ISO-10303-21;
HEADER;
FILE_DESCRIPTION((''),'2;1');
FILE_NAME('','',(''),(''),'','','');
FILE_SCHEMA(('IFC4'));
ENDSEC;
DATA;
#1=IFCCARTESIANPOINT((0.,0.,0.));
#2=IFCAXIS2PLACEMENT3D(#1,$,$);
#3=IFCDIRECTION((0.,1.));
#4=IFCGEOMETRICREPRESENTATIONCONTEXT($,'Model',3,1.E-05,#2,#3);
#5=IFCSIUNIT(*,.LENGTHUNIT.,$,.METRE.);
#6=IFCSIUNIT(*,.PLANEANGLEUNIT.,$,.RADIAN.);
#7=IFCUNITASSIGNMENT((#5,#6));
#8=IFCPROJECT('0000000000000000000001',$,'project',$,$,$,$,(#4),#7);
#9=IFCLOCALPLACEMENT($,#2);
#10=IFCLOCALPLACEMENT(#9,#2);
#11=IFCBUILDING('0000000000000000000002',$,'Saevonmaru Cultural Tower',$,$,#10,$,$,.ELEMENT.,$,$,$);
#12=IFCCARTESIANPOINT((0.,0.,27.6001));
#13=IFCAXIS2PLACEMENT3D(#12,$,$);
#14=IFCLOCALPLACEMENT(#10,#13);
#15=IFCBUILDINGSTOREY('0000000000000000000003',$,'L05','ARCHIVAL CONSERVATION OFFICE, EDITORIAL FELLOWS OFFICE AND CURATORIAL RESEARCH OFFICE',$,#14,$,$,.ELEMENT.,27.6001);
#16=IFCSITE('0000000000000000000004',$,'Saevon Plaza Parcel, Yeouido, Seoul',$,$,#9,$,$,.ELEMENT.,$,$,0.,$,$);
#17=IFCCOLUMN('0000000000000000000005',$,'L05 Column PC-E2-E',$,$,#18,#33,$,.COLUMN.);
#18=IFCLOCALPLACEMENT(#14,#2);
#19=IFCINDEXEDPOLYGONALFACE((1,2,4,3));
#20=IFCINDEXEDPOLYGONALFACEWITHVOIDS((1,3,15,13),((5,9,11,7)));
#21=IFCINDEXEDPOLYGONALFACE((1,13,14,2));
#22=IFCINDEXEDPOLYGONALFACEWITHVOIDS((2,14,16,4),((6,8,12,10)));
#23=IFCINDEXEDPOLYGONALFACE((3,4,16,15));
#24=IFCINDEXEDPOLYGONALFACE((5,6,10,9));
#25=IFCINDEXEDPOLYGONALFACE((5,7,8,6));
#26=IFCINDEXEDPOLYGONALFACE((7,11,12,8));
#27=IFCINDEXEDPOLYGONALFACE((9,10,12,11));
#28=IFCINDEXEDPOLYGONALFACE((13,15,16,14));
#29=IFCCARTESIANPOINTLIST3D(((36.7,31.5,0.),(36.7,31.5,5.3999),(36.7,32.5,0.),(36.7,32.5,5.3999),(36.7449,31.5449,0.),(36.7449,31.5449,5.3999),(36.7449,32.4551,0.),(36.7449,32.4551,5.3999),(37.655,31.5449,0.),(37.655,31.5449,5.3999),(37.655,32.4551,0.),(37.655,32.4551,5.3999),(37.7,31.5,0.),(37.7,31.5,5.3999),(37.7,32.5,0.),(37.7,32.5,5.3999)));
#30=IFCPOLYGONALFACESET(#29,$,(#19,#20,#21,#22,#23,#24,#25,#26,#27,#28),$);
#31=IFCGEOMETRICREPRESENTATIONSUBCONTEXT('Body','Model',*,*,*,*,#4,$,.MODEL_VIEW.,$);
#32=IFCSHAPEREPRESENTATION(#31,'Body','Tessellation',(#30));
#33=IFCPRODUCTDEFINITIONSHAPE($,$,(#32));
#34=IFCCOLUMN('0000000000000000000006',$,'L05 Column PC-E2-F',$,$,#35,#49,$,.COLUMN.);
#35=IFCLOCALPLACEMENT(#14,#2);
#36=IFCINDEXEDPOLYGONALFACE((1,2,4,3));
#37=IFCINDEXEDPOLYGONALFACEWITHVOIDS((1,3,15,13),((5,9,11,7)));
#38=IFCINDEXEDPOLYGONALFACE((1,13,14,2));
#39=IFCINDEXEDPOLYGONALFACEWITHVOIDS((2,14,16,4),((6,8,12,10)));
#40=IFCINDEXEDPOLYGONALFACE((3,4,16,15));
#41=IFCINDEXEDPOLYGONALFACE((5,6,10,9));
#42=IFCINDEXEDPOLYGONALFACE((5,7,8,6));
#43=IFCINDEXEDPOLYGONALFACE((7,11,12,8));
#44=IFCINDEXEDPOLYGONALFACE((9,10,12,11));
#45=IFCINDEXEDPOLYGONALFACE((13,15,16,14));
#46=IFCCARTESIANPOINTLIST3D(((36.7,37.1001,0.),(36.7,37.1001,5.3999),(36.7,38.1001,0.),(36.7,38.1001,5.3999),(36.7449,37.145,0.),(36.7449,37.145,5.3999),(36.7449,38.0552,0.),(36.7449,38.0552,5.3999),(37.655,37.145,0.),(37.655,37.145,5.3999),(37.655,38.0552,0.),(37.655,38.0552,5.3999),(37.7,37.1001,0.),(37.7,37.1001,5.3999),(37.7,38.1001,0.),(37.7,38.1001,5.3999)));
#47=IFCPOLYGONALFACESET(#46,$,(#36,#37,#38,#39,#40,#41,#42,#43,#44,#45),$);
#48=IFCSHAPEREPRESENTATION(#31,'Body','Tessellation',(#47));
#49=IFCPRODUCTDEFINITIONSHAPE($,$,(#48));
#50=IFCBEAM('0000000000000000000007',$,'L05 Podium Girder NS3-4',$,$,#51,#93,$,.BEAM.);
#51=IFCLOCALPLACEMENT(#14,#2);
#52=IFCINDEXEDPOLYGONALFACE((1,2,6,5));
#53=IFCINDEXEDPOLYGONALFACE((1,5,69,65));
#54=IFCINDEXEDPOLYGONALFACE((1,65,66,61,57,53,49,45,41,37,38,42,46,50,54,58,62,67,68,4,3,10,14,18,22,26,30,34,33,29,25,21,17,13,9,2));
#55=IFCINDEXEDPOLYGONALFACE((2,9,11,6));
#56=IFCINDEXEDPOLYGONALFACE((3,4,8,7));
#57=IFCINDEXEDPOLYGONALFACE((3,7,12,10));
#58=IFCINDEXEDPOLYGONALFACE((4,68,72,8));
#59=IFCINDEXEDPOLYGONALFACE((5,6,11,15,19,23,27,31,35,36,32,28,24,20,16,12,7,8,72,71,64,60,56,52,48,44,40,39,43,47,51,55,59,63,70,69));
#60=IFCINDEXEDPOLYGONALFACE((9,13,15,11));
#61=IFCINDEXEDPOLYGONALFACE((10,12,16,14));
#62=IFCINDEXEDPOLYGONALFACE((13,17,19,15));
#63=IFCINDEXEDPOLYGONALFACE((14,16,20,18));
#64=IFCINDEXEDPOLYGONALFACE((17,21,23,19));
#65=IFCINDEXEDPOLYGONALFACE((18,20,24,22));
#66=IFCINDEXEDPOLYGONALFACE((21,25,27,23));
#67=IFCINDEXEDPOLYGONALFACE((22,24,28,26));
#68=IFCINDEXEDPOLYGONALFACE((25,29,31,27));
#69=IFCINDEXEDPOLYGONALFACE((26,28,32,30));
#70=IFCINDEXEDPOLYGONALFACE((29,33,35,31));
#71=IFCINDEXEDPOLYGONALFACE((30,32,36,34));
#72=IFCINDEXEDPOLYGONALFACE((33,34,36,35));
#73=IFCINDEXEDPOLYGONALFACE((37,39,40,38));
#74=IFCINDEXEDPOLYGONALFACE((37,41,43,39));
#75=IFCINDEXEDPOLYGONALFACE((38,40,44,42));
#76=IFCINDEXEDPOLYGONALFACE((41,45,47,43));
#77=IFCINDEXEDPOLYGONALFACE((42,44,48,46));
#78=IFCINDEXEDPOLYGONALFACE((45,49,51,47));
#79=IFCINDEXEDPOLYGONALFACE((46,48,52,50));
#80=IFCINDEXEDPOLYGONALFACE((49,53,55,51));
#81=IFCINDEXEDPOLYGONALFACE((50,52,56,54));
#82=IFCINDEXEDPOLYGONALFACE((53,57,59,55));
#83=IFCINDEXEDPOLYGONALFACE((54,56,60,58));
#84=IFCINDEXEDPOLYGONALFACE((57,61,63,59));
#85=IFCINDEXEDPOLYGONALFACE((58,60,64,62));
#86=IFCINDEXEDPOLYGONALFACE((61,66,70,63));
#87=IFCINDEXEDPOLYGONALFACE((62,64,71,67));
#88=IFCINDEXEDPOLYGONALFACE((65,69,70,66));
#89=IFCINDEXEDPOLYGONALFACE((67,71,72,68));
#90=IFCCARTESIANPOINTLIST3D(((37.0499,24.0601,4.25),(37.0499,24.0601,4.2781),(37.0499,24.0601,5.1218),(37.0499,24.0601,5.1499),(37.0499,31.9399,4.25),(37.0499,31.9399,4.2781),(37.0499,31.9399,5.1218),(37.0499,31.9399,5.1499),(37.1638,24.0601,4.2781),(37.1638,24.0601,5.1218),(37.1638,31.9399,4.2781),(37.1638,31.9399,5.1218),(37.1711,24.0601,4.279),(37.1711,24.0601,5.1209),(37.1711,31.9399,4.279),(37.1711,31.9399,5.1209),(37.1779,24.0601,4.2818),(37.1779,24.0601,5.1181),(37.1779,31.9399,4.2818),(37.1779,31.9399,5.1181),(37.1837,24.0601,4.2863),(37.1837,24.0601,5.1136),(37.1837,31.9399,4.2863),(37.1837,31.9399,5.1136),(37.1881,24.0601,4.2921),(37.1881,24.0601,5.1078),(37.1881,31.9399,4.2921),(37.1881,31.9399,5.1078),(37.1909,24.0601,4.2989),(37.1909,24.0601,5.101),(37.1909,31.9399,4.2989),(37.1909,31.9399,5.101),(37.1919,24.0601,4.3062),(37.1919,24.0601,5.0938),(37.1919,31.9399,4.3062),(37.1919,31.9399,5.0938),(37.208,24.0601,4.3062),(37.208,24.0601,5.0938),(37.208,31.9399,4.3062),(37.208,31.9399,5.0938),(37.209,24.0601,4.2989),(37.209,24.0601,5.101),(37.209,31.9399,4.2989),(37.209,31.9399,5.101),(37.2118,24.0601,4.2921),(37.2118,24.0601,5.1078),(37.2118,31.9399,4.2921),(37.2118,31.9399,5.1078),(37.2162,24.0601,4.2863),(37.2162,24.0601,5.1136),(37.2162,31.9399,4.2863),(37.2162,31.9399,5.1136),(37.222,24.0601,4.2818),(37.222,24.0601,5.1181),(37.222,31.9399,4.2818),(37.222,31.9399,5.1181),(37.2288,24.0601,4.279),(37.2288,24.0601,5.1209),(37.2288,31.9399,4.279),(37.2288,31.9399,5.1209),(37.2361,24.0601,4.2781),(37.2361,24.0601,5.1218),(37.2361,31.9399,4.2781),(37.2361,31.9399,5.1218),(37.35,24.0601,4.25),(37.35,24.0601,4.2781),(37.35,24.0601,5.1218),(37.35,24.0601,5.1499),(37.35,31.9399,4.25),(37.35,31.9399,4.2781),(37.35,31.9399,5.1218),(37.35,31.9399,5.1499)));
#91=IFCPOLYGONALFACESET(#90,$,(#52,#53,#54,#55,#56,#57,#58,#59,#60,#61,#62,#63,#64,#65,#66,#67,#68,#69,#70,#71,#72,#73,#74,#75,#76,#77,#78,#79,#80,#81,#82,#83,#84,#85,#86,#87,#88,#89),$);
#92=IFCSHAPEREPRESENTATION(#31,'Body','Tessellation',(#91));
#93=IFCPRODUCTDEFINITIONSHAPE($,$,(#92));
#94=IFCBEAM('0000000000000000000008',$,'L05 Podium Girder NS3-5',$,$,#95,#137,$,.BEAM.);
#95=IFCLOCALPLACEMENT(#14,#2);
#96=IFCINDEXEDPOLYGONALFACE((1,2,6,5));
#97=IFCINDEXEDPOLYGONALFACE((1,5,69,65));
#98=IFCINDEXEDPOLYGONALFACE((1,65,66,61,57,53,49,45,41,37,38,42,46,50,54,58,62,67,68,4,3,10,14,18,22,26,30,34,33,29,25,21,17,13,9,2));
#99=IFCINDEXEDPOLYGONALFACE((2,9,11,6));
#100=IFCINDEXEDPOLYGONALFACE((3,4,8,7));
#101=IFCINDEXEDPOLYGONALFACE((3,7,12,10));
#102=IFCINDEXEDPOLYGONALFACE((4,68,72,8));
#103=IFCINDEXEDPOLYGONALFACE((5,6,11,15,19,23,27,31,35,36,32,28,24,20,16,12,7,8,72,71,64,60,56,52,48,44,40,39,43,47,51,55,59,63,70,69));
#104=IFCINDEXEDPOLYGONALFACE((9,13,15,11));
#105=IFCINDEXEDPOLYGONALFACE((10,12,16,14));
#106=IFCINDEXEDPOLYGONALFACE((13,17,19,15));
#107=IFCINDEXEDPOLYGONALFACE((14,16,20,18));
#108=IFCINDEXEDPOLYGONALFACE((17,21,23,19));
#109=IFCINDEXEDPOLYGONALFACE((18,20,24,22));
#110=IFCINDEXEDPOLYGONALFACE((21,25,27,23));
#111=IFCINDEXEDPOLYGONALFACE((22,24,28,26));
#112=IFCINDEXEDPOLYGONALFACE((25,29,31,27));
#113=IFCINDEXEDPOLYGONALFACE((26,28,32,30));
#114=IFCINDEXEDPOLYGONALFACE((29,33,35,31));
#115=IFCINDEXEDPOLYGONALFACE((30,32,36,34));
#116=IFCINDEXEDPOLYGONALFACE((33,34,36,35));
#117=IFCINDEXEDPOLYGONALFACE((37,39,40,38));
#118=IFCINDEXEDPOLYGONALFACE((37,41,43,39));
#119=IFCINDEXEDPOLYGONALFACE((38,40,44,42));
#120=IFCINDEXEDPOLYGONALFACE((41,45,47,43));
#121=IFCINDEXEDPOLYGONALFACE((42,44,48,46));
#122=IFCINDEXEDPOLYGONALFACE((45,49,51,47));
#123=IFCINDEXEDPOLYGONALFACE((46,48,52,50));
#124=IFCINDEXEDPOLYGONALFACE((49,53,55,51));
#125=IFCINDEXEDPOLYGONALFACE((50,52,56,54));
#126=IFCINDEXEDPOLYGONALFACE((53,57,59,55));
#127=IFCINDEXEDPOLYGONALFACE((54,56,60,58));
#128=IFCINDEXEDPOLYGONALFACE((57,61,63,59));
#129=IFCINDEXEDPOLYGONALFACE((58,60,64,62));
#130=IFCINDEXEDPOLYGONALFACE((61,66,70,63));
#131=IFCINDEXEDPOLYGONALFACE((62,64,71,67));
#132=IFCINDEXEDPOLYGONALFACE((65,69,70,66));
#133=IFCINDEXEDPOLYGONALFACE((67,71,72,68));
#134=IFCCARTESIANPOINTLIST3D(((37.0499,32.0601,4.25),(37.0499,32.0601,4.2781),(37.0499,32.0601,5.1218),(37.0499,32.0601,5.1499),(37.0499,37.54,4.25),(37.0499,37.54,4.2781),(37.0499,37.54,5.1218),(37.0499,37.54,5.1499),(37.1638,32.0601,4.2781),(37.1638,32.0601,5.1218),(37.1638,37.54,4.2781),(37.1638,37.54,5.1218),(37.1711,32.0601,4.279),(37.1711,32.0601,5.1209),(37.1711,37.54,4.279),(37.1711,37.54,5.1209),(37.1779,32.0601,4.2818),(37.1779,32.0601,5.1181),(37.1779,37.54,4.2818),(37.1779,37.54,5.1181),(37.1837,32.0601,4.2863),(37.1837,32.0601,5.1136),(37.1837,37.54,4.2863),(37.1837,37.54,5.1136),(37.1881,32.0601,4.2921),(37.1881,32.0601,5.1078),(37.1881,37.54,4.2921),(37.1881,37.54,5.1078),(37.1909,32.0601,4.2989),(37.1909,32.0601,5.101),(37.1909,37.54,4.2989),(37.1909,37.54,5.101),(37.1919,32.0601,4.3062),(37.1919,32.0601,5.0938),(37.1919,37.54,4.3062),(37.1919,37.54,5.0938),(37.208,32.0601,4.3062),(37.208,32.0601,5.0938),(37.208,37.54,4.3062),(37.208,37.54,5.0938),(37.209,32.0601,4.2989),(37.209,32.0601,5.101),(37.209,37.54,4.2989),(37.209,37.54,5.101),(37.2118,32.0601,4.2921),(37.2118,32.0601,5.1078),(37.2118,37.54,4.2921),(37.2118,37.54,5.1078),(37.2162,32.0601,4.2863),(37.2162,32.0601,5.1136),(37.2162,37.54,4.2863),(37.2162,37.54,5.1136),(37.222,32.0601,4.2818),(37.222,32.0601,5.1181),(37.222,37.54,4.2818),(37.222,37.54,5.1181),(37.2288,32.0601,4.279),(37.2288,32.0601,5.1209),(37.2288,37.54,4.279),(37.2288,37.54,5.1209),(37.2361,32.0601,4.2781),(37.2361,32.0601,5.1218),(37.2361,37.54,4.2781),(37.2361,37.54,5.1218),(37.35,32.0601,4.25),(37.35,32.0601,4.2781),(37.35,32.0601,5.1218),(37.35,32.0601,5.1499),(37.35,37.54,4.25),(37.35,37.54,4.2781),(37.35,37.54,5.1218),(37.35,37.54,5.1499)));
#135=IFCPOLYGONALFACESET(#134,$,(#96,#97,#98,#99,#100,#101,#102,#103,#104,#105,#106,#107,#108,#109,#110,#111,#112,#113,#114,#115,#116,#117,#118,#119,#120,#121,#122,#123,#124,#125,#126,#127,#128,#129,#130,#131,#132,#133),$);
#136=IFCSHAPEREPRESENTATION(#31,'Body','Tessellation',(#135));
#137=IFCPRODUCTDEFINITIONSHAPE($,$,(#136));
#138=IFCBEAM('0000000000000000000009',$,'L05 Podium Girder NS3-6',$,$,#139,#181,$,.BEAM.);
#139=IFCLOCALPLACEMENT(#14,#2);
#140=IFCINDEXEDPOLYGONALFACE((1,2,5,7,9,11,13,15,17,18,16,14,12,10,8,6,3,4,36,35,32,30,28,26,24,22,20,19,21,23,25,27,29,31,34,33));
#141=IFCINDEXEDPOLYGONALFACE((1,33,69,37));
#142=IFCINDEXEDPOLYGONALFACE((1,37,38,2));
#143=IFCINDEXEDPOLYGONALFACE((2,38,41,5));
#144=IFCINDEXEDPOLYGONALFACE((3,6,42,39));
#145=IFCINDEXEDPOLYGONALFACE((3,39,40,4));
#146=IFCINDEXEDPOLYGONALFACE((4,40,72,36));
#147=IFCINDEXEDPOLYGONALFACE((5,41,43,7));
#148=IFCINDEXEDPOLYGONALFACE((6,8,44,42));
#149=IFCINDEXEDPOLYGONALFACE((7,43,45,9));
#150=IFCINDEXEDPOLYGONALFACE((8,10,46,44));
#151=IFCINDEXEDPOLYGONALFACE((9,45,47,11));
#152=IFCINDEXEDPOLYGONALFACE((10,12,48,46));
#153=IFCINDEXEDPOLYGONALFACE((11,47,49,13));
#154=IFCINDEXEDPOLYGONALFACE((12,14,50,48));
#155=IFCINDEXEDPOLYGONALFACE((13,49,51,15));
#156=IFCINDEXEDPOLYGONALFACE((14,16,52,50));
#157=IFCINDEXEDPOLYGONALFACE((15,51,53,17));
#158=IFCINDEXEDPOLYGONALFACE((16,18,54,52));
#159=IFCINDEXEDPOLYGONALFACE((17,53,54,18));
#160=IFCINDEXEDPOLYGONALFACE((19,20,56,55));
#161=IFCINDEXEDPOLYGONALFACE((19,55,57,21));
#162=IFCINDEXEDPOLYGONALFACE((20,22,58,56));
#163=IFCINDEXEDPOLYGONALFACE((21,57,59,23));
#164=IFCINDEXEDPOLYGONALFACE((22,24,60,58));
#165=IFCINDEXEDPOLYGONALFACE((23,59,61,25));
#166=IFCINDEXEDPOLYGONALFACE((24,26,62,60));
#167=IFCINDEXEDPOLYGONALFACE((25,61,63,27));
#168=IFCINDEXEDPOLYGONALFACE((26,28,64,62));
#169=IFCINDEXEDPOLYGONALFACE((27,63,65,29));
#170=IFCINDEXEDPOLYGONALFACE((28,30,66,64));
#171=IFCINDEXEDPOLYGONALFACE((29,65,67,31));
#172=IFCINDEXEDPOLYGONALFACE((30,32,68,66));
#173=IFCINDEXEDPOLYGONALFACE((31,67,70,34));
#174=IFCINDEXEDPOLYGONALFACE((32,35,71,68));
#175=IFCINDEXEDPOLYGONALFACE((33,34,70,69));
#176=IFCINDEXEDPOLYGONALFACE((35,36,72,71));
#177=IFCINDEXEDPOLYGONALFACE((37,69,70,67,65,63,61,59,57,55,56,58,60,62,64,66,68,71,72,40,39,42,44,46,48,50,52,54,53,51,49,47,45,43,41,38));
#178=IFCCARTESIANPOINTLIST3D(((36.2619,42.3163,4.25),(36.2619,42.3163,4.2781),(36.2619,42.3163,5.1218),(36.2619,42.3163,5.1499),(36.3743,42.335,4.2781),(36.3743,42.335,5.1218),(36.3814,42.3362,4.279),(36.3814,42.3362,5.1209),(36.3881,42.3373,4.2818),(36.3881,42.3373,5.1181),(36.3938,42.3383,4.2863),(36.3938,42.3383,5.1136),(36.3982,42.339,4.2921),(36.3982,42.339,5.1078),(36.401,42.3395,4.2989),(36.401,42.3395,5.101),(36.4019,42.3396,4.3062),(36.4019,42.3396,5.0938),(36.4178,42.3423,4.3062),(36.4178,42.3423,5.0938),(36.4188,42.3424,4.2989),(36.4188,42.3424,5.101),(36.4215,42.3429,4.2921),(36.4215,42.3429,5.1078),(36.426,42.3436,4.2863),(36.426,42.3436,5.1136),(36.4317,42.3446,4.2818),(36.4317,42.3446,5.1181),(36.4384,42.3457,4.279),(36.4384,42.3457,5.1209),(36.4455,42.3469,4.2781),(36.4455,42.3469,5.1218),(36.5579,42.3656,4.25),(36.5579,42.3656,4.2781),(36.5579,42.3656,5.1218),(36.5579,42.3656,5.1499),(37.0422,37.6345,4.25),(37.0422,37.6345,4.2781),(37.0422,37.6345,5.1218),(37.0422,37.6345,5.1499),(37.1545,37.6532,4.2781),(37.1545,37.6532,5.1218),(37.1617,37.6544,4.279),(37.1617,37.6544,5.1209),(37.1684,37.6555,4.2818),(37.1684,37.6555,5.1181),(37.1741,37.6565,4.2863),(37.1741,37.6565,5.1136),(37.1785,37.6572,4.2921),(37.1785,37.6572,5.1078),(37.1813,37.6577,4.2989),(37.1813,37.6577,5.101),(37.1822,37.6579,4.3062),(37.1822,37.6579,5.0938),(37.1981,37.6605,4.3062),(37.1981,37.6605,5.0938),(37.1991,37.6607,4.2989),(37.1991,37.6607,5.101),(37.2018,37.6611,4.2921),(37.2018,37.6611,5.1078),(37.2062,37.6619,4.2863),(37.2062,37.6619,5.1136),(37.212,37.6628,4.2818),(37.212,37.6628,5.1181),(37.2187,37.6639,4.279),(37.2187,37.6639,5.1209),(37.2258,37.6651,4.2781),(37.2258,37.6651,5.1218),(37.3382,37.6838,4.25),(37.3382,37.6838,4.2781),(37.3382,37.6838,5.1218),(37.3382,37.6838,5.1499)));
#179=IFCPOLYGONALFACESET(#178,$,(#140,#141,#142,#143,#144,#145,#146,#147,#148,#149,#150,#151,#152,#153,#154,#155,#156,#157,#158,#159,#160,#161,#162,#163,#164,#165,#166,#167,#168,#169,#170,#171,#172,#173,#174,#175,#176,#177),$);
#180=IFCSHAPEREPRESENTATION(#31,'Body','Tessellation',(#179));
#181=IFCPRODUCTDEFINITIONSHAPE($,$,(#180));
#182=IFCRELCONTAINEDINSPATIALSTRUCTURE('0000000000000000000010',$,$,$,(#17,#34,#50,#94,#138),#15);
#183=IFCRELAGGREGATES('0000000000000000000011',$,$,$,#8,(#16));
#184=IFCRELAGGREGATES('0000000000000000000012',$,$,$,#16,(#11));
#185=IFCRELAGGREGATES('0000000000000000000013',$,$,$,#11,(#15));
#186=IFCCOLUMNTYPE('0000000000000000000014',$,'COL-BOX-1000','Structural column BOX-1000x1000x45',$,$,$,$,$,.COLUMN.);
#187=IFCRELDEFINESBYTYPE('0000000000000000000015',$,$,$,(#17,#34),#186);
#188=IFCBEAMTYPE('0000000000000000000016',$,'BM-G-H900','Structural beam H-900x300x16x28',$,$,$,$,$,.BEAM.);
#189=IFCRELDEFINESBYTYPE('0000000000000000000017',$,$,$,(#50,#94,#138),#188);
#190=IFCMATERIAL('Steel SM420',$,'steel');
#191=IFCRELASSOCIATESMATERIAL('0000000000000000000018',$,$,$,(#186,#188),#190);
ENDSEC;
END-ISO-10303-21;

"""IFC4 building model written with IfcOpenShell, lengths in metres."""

from ifc_helpers import new_model, si_unit, direction, frame, origin, origin_2d, place, context, subcontext, project, spatial, hollow_rectangle, i_section, extrude, material, material_profile, profile_set, type_object, element, save


model = new_model("IFC4")

# Units and contexts
model_context = context("Model", 3, precision=1e-05, world=origin(), true_north=direction((0.0, 1.0)))
body_context = subcontext(model_context, "Body", "Model", "MODEL_VIEW")
ifc_project = project(units=[si_unit("LENGTHUNIT", "METRE"), si_unit("PLANEANGLEUNIT", "RADIAN")], contexts=[model_context])

# Site, building, storey
site_placement = place(None, origin())
site = spatial("IfcSite", under=ifc_project, at=site_placement, Name="Saevon Plaza Parcel, Yeouido, Seoul", CompositionType="ELEMENT", RefElevation=0.0)
building_placement = place(site_placement, origin())
building = spatial("IfcBuilding", under=site, at=building_placement, Name="Saevonmaru Cultural Tower", CompositionType="ELEMENT")
storey_placement = place(building_placement, frame((0.0, 0.0, 27.6001)))
storey = spatial("IfcBuildingStorey", under=building, at=storey_placement, Name="L05", Description="ARCHIVAL CONSERVATION OFFICE, EDITORIAL FELLOWS OFFICE AND CURATORIAL RESEARCH OFFICE", CompositionType="ELEMENT", Elevation=27.6001)

# Columns
ifc_material_1 = material(Name="Steel SM420", Category="steel")
ifc_material_profile_1 = material_profile(ifc_material_1, hollow_rectangle(XDim=1.0, YDim=1.0, WallThickness=0.0449, at=origin_2d()), Name="BOX-1000x1000x45")
ifc_profile_set_1 = profile_set([ifc_material_profile_1], Name="Steel SM420")
column_type = type_object("IfcColumnType", Name="COL-BOX-1000", Description="Structural column BOX-1000x1000x45", PredefinedType="COLUMN", material=ifc_profile_set_1)
for number, where, z_axis, x_axis, name in (
    (1, (37.2, 32.0, 0.0), (0.0, 0.0, 1.0), (1.0, 0.0, 0.0), "L05 Column PC-E2-E"),
    (2, (37.2, 37.6001, 0.0), (0.0, 0.0, 1.0), (1.0, 0.0, 0.0), "L05 Column PC-E2-F"),
):
    element("IfcColumn", number, at=place(storey_placement, frame(where, z_axis=z_axis, x_axis=x_axis)), inside=storey, type_object=column_type, Name=name, PredefinedType="COLUMN", context=body_context, shape_type="SweptSolid", body=[
        extrude(hollow_rectangle(XDim=1.0, YDim=1.0, WallThickness=0.0449, at=origin_2d()), origin(), (0.0, 0.0, 1.0), 5.3999),
    ])

# Beams
ifc_material_profile_2 = material_profile(ifc_material_1, i_section(OverallWidth=0.3, OverallDepth=0.8999, WebThickness=0.0161, FlangeThickness=0.0281, FilletRadius=0.0281, at=origin_2d()), Name="H-900x300x16x28")
ifc_profile_set_2 = profile_set([ifc_material_profile_2], Name="Steel SM420")
beam_type_1 = type_object("IfcBeamType", Name="BM-G-H900", Description="Structural beam H-900x300x16x28", PredefinedType="BEAM", material=ifc_profile_set_2)
beam_1_placement = place(storey_placement, frame((37.2, 24.0601, 4.7), z_axis=(0.0, 1.0, 0.0), x_axis=(-1.0, 0.0, 0.0)))
element("IfcBeam", 3, at=beam_1_placement, inside=storey, type_object=beam_type_1, Name="L05 Podium Girder NS3-4", PredefinedType="BEAM", context=body_context, shape_type="SweptSolid", body=[
    extrude(i_section(OverallWidth=0.3, OverallDepth=0.8999, WebThickness=0.0161, FlangeThickness=0.0281, FilletRadius=0.0281, at=origin_2d()), origin(), (0.0, 0.0, 1.0), 7.8799),
])
beam_2_placement = place(storey_placement, frame((37.2, 32.0601, 4.7), z_axis=(0.0, 1.0, 0.0), x_axis=(-1.0, 0.0, 0.0)))
element("IfcBeam", 4, at=beam_2_placement, inside=storey, type_object=beam_type_1, Name="L05 Podium Girder NS3-5", PredefinedType="BEAM", context=body_context, shape_type="SweptSolid", body=[
    extrude(i_section(OverallWidth=0.3, OverallDepth=0.8999, WebThickness=0.0161, FlangeThickness=0.0281, FilletRadius=0.0281, at=origin_2d()), origin(), (0.0, 0.0, 1.0), 5.48),
])
beam_3_placement = place(storey_placement, frame((37.1902, 37.6592, 4.7), z_axis=(-0.164399, 0.986394, 0.0), x_axis=(-0.986394, -0.164399, 0.0)))
element("IfcBeam", 5, at=beam_3_placement, inside=storey, type_object=beam_type_1, Name="L05 Podium Girder NS3-6", PredefinedType="BEAM", context=body_context, shape_type="SweptSolid", body=[
    extrude(i_section(OverallWidth=0.3, OverallDepth=0.8999, WebThickness=0.0161, FlangeThickness=0.0281, FilletRadius=0.0281, at=origin_2d()), origin(), (0.0, 0.0, 1.0), 4.7463),
])

save(model, "model.ifc")
